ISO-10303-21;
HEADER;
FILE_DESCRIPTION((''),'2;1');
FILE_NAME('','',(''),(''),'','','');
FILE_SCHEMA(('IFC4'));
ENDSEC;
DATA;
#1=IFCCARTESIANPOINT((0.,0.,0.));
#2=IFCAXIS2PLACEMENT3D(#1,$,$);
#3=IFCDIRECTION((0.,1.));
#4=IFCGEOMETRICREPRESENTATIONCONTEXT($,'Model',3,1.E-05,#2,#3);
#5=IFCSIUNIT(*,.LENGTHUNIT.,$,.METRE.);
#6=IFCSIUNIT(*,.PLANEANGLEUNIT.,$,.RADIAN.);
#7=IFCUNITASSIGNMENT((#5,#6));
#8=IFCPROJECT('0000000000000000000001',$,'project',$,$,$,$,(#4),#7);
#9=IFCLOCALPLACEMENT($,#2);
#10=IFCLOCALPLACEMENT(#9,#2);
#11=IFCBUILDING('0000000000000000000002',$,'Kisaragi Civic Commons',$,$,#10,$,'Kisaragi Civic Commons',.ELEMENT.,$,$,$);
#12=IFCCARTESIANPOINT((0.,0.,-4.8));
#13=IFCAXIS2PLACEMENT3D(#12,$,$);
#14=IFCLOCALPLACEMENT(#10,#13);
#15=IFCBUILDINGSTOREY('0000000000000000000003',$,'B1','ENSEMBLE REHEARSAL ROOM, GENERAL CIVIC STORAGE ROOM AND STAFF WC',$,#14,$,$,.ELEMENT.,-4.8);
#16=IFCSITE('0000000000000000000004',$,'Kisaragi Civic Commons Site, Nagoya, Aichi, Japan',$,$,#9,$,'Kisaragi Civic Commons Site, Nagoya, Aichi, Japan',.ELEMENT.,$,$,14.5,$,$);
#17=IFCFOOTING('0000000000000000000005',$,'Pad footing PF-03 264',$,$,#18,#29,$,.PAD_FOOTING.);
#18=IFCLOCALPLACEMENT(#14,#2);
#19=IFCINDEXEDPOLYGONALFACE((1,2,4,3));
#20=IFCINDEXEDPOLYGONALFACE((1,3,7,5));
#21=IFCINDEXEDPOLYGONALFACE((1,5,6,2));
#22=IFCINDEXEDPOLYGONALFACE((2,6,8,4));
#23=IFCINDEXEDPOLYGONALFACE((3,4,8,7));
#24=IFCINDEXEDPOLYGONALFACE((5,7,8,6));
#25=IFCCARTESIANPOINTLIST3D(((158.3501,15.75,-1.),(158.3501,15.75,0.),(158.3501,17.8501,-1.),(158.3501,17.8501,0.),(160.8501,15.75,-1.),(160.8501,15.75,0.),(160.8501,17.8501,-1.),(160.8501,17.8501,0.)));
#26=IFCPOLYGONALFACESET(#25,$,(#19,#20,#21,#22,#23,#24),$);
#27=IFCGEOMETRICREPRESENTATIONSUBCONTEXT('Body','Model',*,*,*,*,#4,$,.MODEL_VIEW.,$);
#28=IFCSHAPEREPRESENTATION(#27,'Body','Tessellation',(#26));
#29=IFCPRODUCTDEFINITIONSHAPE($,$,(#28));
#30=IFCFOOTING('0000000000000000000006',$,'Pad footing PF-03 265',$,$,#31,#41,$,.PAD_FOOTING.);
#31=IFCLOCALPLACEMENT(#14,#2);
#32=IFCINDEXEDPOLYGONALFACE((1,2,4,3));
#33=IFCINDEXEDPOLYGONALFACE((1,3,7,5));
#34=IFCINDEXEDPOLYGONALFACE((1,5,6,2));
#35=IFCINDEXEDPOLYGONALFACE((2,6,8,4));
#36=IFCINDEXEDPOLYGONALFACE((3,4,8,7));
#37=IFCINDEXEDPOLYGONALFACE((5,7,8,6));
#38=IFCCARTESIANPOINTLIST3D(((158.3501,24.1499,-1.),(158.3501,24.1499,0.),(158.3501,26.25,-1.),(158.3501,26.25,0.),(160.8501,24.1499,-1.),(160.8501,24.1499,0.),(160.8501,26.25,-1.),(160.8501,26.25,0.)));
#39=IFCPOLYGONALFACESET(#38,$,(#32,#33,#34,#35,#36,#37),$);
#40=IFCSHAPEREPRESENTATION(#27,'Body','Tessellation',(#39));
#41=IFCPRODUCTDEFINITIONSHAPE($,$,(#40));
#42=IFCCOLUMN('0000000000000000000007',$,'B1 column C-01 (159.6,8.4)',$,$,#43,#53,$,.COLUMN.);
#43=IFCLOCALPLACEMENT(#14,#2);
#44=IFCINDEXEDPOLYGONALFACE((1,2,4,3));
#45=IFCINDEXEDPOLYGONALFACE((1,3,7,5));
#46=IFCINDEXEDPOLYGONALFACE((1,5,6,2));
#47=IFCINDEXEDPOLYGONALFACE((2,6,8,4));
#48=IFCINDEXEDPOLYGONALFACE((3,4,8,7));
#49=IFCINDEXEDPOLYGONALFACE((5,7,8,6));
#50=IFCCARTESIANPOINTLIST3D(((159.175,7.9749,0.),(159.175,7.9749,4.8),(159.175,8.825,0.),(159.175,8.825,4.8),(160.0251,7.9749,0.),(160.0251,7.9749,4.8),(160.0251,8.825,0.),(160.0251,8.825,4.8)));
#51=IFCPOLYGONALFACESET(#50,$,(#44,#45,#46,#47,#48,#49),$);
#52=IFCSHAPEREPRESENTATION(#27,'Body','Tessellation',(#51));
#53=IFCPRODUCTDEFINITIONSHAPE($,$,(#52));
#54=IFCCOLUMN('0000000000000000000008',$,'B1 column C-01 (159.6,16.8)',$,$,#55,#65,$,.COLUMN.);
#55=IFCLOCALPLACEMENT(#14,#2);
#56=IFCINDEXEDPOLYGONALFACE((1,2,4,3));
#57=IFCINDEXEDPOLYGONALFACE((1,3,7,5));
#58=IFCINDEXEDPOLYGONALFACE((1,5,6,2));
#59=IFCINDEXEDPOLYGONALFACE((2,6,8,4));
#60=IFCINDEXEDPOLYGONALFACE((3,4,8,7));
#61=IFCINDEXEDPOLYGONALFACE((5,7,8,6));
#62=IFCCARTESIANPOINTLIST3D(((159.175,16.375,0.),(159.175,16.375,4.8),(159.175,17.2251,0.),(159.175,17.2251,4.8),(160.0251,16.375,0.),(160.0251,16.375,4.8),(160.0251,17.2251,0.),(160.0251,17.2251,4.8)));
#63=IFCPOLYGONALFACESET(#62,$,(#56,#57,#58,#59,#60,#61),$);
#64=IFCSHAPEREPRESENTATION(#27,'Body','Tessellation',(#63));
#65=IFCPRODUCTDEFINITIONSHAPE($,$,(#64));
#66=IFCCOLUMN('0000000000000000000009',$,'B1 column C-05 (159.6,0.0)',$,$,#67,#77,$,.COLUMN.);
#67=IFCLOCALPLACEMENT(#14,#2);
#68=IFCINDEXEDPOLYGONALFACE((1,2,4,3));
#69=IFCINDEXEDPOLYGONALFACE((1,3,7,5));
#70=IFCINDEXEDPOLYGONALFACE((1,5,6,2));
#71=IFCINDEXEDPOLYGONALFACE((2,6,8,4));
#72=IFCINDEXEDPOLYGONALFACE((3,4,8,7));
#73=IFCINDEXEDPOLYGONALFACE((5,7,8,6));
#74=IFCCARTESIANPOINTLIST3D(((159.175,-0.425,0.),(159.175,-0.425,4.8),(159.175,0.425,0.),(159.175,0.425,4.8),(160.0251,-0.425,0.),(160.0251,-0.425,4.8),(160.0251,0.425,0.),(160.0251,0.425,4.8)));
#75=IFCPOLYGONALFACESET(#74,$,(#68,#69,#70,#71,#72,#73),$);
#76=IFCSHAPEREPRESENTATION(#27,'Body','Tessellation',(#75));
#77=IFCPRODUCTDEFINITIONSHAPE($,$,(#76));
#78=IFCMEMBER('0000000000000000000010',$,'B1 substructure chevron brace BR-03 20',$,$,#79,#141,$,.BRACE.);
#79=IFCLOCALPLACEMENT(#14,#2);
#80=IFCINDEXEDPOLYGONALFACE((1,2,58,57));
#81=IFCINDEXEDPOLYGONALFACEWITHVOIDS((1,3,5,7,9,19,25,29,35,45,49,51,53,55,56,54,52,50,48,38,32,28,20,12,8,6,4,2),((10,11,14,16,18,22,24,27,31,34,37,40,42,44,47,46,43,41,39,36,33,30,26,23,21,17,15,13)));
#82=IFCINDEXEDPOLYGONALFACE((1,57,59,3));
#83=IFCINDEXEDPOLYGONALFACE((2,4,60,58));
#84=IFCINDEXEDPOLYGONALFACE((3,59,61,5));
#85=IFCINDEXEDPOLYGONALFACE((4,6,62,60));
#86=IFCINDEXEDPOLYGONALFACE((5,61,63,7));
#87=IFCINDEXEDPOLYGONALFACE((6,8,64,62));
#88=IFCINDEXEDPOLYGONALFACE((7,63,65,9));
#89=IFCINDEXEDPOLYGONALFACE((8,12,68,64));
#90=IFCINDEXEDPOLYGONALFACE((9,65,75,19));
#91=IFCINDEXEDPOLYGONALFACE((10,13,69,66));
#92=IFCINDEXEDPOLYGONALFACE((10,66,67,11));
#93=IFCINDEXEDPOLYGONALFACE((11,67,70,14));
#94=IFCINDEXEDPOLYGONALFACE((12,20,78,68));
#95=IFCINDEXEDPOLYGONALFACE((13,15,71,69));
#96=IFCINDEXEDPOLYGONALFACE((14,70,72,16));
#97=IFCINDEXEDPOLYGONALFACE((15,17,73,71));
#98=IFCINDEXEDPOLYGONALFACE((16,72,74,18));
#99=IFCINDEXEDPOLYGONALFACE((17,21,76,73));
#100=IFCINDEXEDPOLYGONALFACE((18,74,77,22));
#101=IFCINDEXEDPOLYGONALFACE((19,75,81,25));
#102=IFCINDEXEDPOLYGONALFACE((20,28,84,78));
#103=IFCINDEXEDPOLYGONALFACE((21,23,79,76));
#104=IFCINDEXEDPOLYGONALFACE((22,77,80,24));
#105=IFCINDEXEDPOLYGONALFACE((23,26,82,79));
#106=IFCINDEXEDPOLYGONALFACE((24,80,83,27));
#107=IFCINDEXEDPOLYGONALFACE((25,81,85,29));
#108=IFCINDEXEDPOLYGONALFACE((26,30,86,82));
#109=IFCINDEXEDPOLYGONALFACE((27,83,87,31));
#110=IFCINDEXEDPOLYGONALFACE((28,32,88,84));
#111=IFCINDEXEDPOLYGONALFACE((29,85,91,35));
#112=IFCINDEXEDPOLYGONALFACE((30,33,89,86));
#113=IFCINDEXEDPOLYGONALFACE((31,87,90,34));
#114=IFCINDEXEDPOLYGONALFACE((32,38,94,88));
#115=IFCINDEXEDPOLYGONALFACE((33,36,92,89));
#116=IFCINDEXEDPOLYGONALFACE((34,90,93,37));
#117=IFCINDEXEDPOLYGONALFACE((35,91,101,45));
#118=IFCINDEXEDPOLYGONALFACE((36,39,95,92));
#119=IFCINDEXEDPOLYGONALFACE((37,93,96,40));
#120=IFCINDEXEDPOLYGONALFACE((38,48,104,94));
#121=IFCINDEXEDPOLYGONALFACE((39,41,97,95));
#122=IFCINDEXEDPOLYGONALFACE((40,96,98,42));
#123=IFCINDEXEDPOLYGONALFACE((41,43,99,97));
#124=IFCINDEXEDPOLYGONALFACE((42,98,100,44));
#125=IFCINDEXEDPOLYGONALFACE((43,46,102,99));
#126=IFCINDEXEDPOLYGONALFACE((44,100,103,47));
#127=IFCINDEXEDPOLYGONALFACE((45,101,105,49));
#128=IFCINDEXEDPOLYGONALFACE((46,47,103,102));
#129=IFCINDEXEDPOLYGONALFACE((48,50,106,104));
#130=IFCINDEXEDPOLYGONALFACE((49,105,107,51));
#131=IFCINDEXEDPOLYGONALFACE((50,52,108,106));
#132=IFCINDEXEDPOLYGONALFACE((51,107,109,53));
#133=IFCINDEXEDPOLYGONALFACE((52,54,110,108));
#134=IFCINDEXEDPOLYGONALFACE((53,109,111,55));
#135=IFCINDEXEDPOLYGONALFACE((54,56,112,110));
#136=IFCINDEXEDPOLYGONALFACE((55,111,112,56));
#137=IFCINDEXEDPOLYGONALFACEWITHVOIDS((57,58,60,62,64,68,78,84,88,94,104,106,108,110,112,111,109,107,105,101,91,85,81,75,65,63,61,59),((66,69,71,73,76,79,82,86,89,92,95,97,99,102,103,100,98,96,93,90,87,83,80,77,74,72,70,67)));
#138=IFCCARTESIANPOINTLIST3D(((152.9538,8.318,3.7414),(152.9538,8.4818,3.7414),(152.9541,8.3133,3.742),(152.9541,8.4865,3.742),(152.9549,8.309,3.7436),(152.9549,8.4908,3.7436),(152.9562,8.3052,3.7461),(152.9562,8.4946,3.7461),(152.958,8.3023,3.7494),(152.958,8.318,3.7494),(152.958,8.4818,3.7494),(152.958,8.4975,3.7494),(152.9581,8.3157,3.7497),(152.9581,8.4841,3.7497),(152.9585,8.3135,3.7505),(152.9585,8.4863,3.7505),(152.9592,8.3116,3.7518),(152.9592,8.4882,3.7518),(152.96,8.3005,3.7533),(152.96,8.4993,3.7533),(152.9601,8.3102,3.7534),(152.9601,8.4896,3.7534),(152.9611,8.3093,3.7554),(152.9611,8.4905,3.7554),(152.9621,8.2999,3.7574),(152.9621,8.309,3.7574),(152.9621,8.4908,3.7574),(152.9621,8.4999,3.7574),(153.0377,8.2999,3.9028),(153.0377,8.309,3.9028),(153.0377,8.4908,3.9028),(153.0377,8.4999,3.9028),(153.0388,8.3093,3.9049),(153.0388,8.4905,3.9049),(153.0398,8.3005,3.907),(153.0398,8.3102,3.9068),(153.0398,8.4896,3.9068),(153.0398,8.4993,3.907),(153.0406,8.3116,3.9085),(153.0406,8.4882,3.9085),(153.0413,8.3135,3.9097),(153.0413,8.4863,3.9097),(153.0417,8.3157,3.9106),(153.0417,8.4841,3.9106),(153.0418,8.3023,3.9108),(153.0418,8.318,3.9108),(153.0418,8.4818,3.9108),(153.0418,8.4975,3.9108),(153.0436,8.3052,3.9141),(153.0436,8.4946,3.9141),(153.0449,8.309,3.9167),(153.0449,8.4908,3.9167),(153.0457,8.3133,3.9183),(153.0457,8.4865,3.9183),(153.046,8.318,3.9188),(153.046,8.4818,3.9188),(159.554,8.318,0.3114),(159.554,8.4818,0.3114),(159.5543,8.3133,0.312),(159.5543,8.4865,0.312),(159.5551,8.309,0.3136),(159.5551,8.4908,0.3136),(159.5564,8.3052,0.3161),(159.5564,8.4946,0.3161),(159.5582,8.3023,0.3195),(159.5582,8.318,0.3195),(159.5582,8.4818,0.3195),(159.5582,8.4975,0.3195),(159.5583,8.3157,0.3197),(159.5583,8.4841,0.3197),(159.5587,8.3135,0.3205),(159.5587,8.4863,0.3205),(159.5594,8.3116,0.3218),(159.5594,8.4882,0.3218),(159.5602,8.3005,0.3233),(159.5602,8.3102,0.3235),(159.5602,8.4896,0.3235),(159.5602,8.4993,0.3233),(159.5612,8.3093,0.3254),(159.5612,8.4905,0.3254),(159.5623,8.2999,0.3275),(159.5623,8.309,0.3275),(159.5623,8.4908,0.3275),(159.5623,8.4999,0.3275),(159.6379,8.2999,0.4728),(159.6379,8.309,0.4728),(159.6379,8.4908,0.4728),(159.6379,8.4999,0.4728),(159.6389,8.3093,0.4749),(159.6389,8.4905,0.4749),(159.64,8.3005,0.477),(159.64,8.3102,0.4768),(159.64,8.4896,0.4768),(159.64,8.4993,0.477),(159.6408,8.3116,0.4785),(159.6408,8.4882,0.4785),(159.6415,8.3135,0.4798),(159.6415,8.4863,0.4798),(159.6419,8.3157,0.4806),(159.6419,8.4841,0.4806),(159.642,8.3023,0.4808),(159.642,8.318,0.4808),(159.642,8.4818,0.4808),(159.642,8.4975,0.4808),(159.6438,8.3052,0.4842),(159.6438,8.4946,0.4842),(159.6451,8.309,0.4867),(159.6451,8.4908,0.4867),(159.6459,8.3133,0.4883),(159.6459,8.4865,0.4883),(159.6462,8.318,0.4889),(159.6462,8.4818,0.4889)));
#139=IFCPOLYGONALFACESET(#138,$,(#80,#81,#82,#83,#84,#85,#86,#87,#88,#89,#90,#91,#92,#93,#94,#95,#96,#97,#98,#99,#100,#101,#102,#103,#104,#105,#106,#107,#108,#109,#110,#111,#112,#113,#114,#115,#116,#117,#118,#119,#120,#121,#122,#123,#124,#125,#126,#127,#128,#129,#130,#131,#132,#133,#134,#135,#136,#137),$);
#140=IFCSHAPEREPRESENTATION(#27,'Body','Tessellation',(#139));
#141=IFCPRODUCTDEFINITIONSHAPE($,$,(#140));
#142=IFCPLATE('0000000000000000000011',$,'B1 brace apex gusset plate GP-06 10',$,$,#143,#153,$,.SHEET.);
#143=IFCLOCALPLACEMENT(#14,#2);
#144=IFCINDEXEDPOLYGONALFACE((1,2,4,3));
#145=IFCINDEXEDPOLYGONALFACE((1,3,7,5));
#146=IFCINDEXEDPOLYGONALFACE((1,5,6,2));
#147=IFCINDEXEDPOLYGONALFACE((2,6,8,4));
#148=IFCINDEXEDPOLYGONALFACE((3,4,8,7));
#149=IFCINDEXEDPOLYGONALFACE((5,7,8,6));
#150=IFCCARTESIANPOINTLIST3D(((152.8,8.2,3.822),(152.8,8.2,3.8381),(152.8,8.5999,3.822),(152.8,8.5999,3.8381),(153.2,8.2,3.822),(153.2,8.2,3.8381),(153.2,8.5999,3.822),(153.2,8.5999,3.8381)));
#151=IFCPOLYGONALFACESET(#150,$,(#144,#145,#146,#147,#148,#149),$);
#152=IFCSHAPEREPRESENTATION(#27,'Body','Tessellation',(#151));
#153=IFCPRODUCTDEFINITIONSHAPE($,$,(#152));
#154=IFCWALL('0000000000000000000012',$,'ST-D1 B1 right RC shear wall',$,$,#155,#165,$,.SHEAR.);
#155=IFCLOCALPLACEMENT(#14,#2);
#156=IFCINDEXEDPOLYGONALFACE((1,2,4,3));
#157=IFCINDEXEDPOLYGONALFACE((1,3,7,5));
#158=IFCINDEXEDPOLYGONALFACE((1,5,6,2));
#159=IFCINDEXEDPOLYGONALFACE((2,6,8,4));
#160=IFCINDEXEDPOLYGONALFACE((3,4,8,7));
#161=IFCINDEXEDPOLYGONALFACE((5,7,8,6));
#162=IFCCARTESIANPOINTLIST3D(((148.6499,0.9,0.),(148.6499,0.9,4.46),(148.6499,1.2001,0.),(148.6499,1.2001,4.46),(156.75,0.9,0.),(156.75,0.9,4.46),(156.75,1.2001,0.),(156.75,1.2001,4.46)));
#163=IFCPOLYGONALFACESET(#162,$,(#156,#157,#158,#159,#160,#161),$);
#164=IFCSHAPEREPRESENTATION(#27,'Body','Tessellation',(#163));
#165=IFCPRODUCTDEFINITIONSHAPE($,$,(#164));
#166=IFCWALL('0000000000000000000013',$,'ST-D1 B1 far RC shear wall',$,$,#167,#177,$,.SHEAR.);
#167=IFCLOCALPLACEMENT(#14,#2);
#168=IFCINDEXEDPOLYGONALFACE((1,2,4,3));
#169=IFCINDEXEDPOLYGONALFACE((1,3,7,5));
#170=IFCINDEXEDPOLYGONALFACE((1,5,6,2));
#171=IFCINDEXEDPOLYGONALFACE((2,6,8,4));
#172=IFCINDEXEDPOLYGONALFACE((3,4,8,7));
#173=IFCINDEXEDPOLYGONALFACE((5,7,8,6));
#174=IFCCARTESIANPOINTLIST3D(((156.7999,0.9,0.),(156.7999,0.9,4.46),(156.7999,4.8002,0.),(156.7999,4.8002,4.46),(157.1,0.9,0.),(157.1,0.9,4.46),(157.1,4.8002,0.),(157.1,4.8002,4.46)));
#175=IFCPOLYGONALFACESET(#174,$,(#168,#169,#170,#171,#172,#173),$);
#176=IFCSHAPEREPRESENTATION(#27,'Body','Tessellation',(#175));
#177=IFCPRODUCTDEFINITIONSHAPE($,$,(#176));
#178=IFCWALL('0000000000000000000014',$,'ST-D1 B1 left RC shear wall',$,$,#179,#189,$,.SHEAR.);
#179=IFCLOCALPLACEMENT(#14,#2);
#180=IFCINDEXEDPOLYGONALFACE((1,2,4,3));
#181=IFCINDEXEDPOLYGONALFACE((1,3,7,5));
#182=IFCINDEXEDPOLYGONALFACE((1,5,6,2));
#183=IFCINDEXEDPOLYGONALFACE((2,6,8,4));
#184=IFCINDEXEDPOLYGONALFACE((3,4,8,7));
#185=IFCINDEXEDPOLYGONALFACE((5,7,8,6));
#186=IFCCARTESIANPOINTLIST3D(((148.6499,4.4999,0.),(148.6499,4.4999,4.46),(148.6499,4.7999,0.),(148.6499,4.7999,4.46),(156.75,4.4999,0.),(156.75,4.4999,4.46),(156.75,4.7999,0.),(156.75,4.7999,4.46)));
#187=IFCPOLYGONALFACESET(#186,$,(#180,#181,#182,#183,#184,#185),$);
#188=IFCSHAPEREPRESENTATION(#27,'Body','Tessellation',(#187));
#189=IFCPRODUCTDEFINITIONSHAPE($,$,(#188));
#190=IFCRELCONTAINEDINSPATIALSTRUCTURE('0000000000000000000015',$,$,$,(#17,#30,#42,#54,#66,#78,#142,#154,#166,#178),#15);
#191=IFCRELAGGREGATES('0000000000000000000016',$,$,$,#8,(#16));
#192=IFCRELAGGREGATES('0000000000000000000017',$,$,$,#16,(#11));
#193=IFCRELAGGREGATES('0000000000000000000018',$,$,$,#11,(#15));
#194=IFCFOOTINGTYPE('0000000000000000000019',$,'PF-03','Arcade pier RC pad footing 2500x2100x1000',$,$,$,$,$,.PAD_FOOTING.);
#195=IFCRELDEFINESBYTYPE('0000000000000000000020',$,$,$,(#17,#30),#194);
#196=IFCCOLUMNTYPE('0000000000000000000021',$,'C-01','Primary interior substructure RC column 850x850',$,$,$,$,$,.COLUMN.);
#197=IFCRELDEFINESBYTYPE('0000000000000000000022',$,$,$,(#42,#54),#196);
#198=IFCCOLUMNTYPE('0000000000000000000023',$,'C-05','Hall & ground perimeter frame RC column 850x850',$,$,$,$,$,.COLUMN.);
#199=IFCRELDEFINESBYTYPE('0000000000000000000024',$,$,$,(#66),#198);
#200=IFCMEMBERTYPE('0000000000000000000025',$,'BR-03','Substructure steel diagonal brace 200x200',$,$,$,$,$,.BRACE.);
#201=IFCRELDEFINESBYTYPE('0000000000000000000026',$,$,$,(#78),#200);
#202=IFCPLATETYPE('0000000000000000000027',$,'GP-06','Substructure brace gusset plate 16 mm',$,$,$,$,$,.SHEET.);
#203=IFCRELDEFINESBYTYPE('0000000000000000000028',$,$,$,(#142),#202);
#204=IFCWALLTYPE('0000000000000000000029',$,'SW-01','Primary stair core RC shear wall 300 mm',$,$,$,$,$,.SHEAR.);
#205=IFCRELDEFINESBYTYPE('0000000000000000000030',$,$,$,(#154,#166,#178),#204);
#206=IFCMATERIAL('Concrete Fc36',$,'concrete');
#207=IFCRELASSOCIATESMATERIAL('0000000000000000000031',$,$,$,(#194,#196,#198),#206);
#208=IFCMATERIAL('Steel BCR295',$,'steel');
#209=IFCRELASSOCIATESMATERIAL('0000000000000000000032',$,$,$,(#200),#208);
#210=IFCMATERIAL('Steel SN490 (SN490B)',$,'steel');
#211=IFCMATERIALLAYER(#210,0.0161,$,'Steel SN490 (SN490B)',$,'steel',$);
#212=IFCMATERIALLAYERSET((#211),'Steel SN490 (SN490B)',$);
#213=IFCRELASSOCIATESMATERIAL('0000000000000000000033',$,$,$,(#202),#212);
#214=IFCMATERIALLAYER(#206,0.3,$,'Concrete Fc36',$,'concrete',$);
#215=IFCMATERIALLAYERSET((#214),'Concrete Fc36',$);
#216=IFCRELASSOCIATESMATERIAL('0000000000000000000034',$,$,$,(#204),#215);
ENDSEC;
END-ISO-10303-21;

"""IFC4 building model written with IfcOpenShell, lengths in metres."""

from ifc_helpers import new_model, si_unit, direction, frame, frame_2d, origin, origin_2d, place, context, subcontext, project, spatial, rectangle, hollow_rectangle, extrude, material, layer, layer_set, material_profile, profile_set, type_object, element, save


model = new_model("IFC4")

# Units and contexts
model_context = context("Model", 3, precision=1e-05, world=origin(), true_north=direction((0.0, 1.0)))
body_context = subcontext(model_context, "Body", "Model", "MODEL_VIEW")
ifc_project = project(units=[si_unit("LENGTHUNIT", "METRE"), si_unit("PLANEANGLEUNIT", "RADIAN")], contexts=[model_context])

# Site, building, storey
site_placement = place(None, origin())
site = spatial("IfcSite", under=ifc_project, at=site_placement, Name="Kisaragi Civic Commons Site, Nagoya, Aichi, Japan", LongName="Kisaragi Civic Commons Site, Nagoya, Aichi, Japan", CompositionType="ELEMENT", RefElevation=14.5)
building_placement = place(site_placement, origin())
building = spatial("IfcBuilding", under=site, at=building_placement, Name="Kisaragi Civic Commons", LongName="Kisaragi Civic Commons", CompositionType="ELEMENT")
storey_placement = place(building_placement, frame((0.0, 0.0, -4.8)))
storey = spatial("IfcBuildingStorey", under=building, at=storey_placement, Name="B1", Description="ENSEMBLE REHEARSAL ROOM, GENERAL CIVIC STORAGE ROOM AND STAFF WC", CompositionType="ELEMENT", Elevation=-4.8)

# Footings
ifc_material_1 = material(Name="Concrete Fc36", Category="concrete")
footing_type_1 = type_object("IfcFootingType", Name="PF-03", Description="Arcade pier RC pad footing 2500x2100x1000", PredefinedType="PAD_FOOTING", material=ifc_material_1)
for number, where, z_axis, x_axis, name in (
    (1, (159.6001, 16.8, -1.0), (0.0, 0.0, 1.0), (1.0, 0.0, 0.0), "Pad footing PF-03 264"),
    (2, (159.6001, 25.2, -1.0), (0.0, 0.0, 1.0), (1.0, 0.0, 0.0), "Pad footing PF-03 265"),
):
    element("IfcFooting", number, at=place(storey_placement, frame(where, z_axis=z_axis, x_axis=x_axis)), inside=storey, type_object=footing_type_1, Name=name, PredefinedType="PAD_FOOTING", context=body_context, shape_type="SweptSolid", body=[
        extrude(rectangle(XDim=2.5, YDim=2.1001, at=origin_2d()), origin(), (0.0, 0.0, 1.0), 1.0),
    ])

# Columns
ifc_material_profile_1 = material_profile(ifc_material_1, rectangle(XDim=0.8501, YDim=0.8501, at=origin_2d()), Name="RC-850x850", Category="concrete")
ifc_profile_set_1 = profile_set([ifc_material_profile_1], Name="Concrete Fc36")
column_type_1 = type_object("IfcColumnType", Name="C-01", Description="Primary interior substructure RC column 850x850", PredefinedType="COLUMN", material=ifc_profile_set_1)
for number, where, z_axis, x_axis, name in (
    (3, (159.6001, 8.3999, 0.0), (0.0, 0.0, 1.0), (1.0, 0.0, 0.0), "B1 column C-01 (159.6,8.4)"),
    (4, (159.6001, 16.8, 0.0), (0.0, 0.0, 1.0), (1.0, 0.0, 0.0), "B1 column C-01 (159.6,16.8)"),
):
    element("IfcColumn", number, at=place(storey_placement, frame(where, z_axis=z_axis, x_axis=x_axis)), inside=storey, type_object=column_type_1, Name=name, PredefinedType="COLUMN", context=body_context, shape_type="SweptSolid", body=[
        extrude(rectangle(XDim=0.8501, YDim=0.8501, at=origin_2d()), origin(), (0.0, 0.0, 1.0), 4.8),
    ])
ifc_material_profile_2 = material_profile(ifc_material_1, rectangle(XDim=0.8501, YDim=0.8501, at=origin_2d()), Name="RC-850x850", Category="concrete")
ifc_profile_set_2 = profile_set([ifc_material_profile_2], Name="Concrete Fc36")
column_type_2 = type_object("IfcColumnType", Name="C-05", Description="Hall & ground perimeter frame RC column 850x850", PredefinedType="COLUMN", material=ifc_profile_set_2)
column_placement = place(storey_placement, frame((159.6001, 0.0, 0.0), z_axis=(0.0, 0.0, 1.0), x_axis=(1.0, 0.0, 0.0)))
element("IfcColumn", 5, at=column_placement, inside=storey, type_object=column_type_2, Name="B1 column C-05 (159.6,0.0)", PredefinedType="COLUMN", context=body_context, shape_type="SweptSolid", body=[
    extrude(rectangle(XDim=0.8501, YDim=0.8501, at=origin_2d()), origin(), (0.0, 0.0, 1.0), 4.8),
])

# Member
ifc_material_2 = material(Name="Steel BCR295", Category="steel")
ifc_material_profile_3 = material_profile(ifc_material_2, hollow_rectangle(XDim=0.2, YDim=0.2, WallThickness=0.009, InnerFilletRadius=0.009, OuterFilletRadius=0.0181, at=origin_2d()), Name="BCR-200x200x9", Category="steel")
ifc_profile_set_3 = profile_set([ifc_material_profile_3], Name="Steel BCR295")
member_type = type_object("IfcMemberType", Name="BR-03", Description="Substructure steel diagonal brace 200x200", PredefinedType="BRACE", material=ifc_profile_set_3)
member_placement = place(storey_placement, frame((159.6001, 8.3999, 0.4001), z_axis=(-0.887333, 0.0, 0.461128), x_axis=(0.0, -1.0, 0.0)))
element("IfcMember", 6, at=member_placement, inside=storey, type_object=member_type, Name="B1 substructure chevron brace BR-03 20", PredefinedType="BRACE", context=body_context, shape_type="SweptSolid", body=[
    extrude(hollow_rectangle(XDim=0.2, YDim=0.2, WallThickness=0.009, InnerFilletRadius=0.009, OuterFilletRadius=0.0181, at=origin_2d()), origin(), (0.0, 0.0, 1.0), 7.4382),
])

# Plate
ifc_material_3 = material(Name="Steel SN490 (SN490B)", Category="steel")
ifc_layer_1 = layer(ifc_material_3, 0.0161, Name="Steel SN490 (SN490B)", Category="steel")
ifc_layer_set_1 = layer_set([ifc_layer_1], Name="Steel SN490 (SN490B)")
plate_type = type_object("IfcPlateType", Name="GP-06", Description="Substructure brace gusset plate 16 mm", PredefinedType="SHEET", material=ifc_layer_set_1)
plate_placement = place(storey_placement, frame((153.0, 8.3999, 3.822), z_axis=(0.0, 0.0, 1.0), x_axis=(1.0, 0.0, 0.0)))
element("IfcPlate", 7, at=plate_placement, inside=storey, type_object=plate_type, Name="B1 brace apex gusset plate GP-06 10", PredefinedType="SHEET", context=body_context, shape_type="SweptSolid", body=[
    extrude(rectangle(XDim=0.3999, YDim=0.3999, at=origin_2d()), origin(), (0.0, 0.0, 1.0), 0.0161),
])

# Walls
ifc_layer_2 = layer(ifc_material_1, 0.3, Name="Concrete Fc36", Category="concrete")
ifc_layer_set_2 = layer_set([ifc_layer_2], Name="Concrete Fc36")
wall_type = type_object("IfcWallType", Name="SW-01", Description="Primary stair core RC shear wall 300 mm", PredefinedType="SHEAR", material=ifc_layer_set_2)
wall_1_placement = place(storey_placement, frame((148.6499, 1.05, 0.0), z_axis=(0.0, 0.0, 1.0), x_axis=(1.0, 0.0, 0.0)))
element("IfcWall", 8, at=wall_1_placement, inside=storey, type_object=wall_type, Name="ST-D1 B1 right RC shear wall", PredefinedType="SHEAR", context=body_context, shape_type="SweptSolid", body=[
    extrude(rectangle(XDim=8.1001, YDim=0.3, at=frame_2d((4.05, 0.0))), origin(), (0.0, 0.0, 1.0), 4.46),
])
wall_2_placement = place(storey_placement, frame((156.95, 0.8999, 0.0), z_axis=(0.0, 0.0, 1.0), x_axis=(0.0, 1.0, 0.0)))
element("IfcWall", 9, at=wall_2_placement, inside=storey, type_object=wall_type, Name="ST-D1 B1 far RC shear wall", PredefinedType="SHEAR", context=body_context, shape_type="SweptSolid", body=[
    extrude(rectangle(XDim=3.9001, YDim=0.3, at=frame_2d((1.9502, 0.0))), origin(), (0.0, 0.0, 1.0), 4.46),
])
wall_3_placement = place(storey_placement, frame((156.75, 4.6499, 0.0), z_axis=(0.0, 0.0, 1.0), x_axis=(-1.0, 0.0, 0.0)))
element("IfcWall", 10, at=wall_3_placement, inside=storey, type_object=wall_type, Name="ST-D1 B1 left RC shear wall", PredefinedType="SHEAR", context=body_context, shape_type="SweptSolid", body=[
    extrude(rectangle(XDim=8.1001, YDim=0.3, at=frame_2d((4.05, 0.0))), origin(), (0.0, 0.0, 1.0), 4.46),
])

save(model, "model.ifc")
